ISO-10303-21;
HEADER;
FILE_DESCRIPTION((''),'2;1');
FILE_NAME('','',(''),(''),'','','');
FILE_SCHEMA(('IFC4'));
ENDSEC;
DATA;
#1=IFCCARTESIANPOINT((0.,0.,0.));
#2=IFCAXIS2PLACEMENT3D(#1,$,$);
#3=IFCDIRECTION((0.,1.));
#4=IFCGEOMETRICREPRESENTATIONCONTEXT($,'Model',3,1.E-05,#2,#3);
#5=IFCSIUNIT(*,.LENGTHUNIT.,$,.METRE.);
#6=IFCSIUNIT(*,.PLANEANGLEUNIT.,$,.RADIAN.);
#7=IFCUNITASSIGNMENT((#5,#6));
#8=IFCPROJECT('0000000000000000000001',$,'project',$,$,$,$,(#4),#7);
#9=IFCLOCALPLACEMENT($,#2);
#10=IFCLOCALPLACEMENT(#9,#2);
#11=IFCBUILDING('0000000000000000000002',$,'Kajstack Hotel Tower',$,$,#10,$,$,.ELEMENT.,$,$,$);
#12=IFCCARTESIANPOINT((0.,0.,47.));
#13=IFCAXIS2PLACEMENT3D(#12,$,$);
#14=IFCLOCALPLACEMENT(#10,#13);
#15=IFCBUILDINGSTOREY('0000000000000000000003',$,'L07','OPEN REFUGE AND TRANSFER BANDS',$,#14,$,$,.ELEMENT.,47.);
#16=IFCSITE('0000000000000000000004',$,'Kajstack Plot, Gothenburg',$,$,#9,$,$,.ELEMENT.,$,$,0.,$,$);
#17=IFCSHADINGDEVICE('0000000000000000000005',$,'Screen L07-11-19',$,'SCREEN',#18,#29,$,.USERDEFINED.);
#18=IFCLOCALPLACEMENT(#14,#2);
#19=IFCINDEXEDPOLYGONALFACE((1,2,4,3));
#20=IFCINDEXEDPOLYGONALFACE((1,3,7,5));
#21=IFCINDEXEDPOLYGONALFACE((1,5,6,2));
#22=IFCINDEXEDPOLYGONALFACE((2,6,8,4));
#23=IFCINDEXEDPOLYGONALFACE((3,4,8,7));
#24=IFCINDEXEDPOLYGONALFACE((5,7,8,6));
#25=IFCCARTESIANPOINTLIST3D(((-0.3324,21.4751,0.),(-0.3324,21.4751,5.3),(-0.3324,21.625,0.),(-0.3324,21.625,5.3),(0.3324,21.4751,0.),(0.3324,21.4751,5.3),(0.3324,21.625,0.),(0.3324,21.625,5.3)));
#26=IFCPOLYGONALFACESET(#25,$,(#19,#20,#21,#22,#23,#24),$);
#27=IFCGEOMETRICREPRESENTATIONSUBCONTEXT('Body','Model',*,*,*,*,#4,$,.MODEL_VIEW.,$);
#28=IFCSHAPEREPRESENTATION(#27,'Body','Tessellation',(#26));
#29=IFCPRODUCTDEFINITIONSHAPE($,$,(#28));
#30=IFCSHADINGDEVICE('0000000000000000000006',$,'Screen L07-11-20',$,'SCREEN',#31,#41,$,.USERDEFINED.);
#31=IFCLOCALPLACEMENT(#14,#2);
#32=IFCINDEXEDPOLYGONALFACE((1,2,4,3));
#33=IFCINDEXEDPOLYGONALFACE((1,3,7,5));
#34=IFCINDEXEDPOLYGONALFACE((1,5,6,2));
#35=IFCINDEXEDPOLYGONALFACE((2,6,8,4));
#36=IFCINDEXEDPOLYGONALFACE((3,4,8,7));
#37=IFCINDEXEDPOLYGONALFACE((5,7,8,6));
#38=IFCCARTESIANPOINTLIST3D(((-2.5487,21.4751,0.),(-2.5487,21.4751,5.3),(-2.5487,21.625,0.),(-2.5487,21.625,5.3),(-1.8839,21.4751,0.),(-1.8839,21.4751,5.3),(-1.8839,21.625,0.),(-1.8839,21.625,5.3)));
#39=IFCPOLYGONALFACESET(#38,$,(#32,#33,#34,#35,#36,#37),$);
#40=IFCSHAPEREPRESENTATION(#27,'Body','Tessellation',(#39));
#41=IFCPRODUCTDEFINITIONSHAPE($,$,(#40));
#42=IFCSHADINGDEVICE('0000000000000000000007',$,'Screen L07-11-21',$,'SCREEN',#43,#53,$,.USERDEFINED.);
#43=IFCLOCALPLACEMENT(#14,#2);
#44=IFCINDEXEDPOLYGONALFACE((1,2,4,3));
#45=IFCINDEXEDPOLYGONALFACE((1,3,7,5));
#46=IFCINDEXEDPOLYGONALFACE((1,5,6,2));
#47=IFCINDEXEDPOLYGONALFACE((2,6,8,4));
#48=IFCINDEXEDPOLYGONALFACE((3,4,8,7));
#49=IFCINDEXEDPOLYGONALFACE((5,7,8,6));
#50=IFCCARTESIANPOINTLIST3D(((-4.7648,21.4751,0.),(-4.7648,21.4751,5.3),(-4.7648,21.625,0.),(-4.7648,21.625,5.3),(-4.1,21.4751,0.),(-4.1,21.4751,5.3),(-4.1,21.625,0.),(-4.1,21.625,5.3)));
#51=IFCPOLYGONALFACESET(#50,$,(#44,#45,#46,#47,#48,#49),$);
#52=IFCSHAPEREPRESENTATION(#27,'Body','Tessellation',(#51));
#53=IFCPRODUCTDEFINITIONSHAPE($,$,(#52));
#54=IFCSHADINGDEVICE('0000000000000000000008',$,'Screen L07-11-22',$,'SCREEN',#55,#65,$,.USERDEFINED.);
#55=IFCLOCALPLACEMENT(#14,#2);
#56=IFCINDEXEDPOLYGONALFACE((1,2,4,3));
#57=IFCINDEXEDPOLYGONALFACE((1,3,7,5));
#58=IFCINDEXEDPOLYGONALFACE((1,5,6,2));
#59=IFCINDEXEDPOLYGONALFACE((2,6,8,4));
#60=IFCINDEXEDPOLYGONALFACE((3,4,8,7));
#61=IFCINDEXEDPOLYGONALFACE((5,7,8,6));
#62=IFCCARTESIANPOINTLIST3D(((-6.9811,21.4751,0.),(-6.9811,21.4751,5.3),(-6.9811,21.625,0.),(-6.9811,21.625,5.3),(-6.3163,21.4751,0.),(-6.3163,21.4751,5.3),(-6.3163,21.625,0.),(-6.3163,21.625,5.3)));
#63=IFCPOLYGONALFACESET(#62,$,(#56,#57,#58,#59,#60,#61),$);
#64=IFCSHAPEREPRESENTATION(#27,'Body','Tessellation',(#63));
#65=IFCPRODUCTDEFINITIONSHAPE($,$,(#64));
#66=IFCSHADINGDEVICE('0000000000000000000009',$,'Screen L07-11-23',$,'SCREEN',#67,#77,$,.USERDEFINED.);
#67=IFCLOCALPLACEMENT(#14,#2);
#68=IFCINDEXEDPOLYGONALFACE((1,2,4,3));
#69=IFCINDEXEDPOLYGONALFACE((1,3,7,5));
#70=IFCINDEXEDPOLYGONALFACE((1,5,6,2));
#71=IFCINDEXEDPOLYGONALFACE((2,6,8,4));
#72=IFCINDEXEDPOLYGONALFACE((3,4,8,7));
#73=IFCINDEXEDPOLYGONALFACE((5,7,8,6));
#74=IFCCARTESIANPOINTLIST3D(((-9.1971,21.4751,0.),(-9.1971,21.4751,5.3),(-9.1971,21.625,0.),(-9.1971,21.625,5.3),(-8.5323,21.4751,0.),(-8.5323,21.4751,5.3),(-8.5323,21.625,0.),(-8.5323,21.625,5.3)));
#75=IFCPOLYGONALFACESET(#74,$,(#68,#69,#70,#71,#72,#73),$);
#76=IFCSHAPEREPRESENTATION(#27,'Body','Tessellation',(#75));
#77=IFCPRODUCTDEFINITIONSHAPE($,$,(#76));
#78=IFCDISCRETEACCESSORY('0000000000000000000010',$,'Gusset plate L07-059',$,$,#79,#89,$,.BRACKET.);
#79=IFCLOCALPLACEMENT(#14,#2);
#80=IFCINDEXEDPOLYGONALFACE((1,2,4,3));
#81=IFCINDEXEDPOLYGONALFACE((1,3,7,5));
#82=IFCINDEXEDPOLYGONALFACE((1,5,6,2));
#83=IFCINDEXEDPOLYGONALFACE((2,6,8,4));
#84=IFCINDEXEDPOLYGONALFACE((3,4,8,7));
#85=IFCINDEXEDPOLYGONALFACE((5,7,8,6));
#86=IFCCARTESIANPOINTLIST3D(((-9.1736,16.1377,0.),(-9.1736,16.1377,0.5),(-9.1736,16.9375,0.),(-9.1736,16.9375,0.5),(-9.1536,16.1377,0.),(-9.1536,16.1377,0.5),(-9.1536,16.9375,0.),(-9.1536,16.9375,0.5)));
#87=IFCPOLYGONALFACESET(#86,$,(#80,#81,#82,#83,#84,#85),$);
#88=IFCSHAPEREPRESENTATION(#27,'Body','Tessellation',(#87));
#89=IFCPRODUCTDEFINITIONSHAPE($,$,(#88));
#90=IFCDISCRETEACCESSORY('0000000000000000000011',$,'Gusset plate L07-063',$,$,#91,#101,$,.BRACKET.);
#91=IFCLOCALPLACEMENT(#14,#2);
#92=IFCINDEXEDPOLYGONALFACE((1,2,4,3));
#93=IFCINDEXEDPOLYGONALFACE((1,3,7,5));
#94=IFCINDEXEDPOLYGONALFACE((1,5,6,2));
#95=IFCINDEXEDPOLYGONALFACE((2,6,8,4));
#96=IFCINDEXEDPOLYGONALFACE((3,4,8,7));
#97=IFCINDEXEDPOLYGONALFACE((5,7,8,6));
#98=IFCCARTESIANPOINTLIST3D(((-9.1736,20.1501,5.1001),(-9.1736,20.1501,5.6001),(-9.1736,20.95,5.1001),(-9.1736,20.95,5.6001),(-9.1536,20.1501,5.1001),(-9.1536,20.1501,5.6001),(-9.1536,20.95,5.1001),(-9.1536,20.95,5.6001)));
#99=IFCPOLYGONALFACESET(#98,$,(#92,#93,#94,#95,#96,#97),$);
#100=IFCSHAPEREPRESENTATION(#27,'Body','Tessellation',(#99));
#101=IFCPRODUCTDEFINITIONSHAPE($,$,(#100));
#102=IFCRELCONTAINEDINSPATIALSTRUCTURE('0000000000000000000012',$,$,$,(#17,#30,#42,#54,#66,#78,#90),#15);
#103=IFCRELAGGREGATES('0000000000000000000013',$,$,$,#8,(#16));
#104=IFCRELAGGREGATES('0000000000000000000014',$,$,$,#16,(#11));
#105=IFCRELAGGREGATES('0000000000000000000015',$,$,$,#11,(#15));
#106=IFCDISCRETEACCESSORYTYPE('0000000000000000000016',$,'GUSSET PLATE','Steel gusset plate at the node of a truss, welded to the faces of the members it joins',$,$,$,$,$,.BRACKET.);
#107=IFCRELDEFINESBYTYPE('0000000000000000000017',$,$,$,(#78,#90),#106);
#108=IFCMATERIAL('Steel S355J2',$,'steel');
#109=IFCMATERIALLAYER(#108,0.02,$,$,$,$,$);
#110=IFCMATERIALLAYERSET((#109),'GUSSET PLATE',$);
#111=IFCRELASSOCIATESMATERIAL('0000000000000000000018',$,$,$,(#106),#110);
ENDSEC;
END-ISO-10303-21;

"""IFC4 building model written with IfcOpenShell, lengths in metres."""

from ifc_helpers import new_model, si_unit, direction, frame, origin, origin_2d, place, context, subcontext, project, spatial, polyline, rectangle, outline, extrude, material, layer, layer_set, type_object, element, save


model = new_model("IFC4")

# Units and contexts
model_context = context("Model", 3, precision=1e-05, world=origin(), true_north=direction((0.0, 1.0)))
body_context = subcontext(model_context, "Body", "Model", "MODEL_VIEW")
ifc_project = project(units=[si_unit("LENGTHUNIT", "METRE"), si_unit("PLANEANGLEUNIT", "RADIAN")], contexts=[model_context])

# Site, building, storey
site_placement = place(None, origin())
site = spatial("IfcSite", under=ifc_project, at=site_placement, Name="Kajstack Plot, Gothenburg", CompositionType="ELEMENT", RefElevation=0.0)
building_placement = place(site_placement, origin())
building = spatial("IfcBuilding", under=site, at=building_placement, Name="Kajstack Hotel Tower", CompositionType="ELEMENT")
storey_placement = place(building_placement, frame((0.0, 0.0, 47.0)))
storey = spatial("IfcBuildingStorey", under=building, at=storey_placement, Name="L07", Description="OPEN REFUGE AND TRANSFER BANDS", CompositionType="ELEMENT", Elevation=47.0)

# Shared definitions
ifc_material = material(Name="Steel S355J2", Category="steel")

# Shading devices
for number, where, z_axis, x_axis, name in (
    (1, (0.0, 21.55, 0.0), (0.0, 0.0, 1.0), (-1.0, 0.0, 0.0), "Screen L07-11-19"),
    (2, (-2.2163, 21.55, 0.0), (0.0, 0.0, 1.0), (-1.0, 0.0, 0.0), "Screen L07-11-20"),
    (3, (-4.4324, 21.55, 0.0), (0.0, 0.0, 1.0), (-1.0, 0.0, 0.0), "Screen L07-11-21"),
    (4, (-6.6487, 21.55, 0.0), (0.0, 0.0, 1.0), (-1.0, 0.0, 0.0), "Screen L07-11-22"),
    (5, (-8.8647, 21.55, 0.0), (0.0, 0.0, 1.0), (-1.0, 0.0, 0.0), "Screen L07-11-23"),
):
    element("IfcShadingDevice", number, at=place(storey_placement, frame(where, z_axis=z_axis, x_axis=x_axis)), inside=storey, Name=name, ObjectType="SCREEN", PredefinedType="USERDEFINED", context=body_context, shape_type="SweptSolid", body=[
        extrude(rectangle(XDim=0.6648, YDim=0.1499, at=origin_2d()), origin(), (0.0, 0.0, 1.0), 5.3),
    ])

# Discrete accessories
ifc_layer = layer(ifc_material, 0.02)
ifc_layer_set = layer_set([ifc_layer], Name="GUSSET PLATE")
discrete_accessory_type = type_object("IfcDiscreteAccessoryType", Name="GUSSET PLATE", Description="Steel gusset plate at the node of a truss, welded to the faces of the members it joins", PredefinedType="BRACKET", material=ifc_layer_set)
for number, where, z_axis, x_axis, name in (
    (6, (-9.1736, 16.5376, 0.0), (1.0, 0.0, 0.0), (0.0, 1.0, 0.0), "Gusset plate L07-059"),
    (7, (-9.1736, 20.55, 5.1001), (1.0, 0.0, 0.0), (0.0, 1.0, 0.0), "Gusset plate L07-063"),
):
    element("IfcDiscreteAccessory", number, at=place(storey_placement, frame(where, z_axis=z_axis, x_axis=x_axis)), inside=storey, type_object=discrete_accessory_type, Name=name, PredefinedType="BRACKET", context=body_context, shape_type="SweptSolid", body=[
        extrude(outline(polyline([(-0.3999, 0.0), (0.3999, 0.0), (0.3999, 0.5), (-0.3999, 0.5), (-0.3999, 0.0)])), origin(), (0.0, 0.0, 1.0), 0.02),
    ])

save(model, "model.ifc")
